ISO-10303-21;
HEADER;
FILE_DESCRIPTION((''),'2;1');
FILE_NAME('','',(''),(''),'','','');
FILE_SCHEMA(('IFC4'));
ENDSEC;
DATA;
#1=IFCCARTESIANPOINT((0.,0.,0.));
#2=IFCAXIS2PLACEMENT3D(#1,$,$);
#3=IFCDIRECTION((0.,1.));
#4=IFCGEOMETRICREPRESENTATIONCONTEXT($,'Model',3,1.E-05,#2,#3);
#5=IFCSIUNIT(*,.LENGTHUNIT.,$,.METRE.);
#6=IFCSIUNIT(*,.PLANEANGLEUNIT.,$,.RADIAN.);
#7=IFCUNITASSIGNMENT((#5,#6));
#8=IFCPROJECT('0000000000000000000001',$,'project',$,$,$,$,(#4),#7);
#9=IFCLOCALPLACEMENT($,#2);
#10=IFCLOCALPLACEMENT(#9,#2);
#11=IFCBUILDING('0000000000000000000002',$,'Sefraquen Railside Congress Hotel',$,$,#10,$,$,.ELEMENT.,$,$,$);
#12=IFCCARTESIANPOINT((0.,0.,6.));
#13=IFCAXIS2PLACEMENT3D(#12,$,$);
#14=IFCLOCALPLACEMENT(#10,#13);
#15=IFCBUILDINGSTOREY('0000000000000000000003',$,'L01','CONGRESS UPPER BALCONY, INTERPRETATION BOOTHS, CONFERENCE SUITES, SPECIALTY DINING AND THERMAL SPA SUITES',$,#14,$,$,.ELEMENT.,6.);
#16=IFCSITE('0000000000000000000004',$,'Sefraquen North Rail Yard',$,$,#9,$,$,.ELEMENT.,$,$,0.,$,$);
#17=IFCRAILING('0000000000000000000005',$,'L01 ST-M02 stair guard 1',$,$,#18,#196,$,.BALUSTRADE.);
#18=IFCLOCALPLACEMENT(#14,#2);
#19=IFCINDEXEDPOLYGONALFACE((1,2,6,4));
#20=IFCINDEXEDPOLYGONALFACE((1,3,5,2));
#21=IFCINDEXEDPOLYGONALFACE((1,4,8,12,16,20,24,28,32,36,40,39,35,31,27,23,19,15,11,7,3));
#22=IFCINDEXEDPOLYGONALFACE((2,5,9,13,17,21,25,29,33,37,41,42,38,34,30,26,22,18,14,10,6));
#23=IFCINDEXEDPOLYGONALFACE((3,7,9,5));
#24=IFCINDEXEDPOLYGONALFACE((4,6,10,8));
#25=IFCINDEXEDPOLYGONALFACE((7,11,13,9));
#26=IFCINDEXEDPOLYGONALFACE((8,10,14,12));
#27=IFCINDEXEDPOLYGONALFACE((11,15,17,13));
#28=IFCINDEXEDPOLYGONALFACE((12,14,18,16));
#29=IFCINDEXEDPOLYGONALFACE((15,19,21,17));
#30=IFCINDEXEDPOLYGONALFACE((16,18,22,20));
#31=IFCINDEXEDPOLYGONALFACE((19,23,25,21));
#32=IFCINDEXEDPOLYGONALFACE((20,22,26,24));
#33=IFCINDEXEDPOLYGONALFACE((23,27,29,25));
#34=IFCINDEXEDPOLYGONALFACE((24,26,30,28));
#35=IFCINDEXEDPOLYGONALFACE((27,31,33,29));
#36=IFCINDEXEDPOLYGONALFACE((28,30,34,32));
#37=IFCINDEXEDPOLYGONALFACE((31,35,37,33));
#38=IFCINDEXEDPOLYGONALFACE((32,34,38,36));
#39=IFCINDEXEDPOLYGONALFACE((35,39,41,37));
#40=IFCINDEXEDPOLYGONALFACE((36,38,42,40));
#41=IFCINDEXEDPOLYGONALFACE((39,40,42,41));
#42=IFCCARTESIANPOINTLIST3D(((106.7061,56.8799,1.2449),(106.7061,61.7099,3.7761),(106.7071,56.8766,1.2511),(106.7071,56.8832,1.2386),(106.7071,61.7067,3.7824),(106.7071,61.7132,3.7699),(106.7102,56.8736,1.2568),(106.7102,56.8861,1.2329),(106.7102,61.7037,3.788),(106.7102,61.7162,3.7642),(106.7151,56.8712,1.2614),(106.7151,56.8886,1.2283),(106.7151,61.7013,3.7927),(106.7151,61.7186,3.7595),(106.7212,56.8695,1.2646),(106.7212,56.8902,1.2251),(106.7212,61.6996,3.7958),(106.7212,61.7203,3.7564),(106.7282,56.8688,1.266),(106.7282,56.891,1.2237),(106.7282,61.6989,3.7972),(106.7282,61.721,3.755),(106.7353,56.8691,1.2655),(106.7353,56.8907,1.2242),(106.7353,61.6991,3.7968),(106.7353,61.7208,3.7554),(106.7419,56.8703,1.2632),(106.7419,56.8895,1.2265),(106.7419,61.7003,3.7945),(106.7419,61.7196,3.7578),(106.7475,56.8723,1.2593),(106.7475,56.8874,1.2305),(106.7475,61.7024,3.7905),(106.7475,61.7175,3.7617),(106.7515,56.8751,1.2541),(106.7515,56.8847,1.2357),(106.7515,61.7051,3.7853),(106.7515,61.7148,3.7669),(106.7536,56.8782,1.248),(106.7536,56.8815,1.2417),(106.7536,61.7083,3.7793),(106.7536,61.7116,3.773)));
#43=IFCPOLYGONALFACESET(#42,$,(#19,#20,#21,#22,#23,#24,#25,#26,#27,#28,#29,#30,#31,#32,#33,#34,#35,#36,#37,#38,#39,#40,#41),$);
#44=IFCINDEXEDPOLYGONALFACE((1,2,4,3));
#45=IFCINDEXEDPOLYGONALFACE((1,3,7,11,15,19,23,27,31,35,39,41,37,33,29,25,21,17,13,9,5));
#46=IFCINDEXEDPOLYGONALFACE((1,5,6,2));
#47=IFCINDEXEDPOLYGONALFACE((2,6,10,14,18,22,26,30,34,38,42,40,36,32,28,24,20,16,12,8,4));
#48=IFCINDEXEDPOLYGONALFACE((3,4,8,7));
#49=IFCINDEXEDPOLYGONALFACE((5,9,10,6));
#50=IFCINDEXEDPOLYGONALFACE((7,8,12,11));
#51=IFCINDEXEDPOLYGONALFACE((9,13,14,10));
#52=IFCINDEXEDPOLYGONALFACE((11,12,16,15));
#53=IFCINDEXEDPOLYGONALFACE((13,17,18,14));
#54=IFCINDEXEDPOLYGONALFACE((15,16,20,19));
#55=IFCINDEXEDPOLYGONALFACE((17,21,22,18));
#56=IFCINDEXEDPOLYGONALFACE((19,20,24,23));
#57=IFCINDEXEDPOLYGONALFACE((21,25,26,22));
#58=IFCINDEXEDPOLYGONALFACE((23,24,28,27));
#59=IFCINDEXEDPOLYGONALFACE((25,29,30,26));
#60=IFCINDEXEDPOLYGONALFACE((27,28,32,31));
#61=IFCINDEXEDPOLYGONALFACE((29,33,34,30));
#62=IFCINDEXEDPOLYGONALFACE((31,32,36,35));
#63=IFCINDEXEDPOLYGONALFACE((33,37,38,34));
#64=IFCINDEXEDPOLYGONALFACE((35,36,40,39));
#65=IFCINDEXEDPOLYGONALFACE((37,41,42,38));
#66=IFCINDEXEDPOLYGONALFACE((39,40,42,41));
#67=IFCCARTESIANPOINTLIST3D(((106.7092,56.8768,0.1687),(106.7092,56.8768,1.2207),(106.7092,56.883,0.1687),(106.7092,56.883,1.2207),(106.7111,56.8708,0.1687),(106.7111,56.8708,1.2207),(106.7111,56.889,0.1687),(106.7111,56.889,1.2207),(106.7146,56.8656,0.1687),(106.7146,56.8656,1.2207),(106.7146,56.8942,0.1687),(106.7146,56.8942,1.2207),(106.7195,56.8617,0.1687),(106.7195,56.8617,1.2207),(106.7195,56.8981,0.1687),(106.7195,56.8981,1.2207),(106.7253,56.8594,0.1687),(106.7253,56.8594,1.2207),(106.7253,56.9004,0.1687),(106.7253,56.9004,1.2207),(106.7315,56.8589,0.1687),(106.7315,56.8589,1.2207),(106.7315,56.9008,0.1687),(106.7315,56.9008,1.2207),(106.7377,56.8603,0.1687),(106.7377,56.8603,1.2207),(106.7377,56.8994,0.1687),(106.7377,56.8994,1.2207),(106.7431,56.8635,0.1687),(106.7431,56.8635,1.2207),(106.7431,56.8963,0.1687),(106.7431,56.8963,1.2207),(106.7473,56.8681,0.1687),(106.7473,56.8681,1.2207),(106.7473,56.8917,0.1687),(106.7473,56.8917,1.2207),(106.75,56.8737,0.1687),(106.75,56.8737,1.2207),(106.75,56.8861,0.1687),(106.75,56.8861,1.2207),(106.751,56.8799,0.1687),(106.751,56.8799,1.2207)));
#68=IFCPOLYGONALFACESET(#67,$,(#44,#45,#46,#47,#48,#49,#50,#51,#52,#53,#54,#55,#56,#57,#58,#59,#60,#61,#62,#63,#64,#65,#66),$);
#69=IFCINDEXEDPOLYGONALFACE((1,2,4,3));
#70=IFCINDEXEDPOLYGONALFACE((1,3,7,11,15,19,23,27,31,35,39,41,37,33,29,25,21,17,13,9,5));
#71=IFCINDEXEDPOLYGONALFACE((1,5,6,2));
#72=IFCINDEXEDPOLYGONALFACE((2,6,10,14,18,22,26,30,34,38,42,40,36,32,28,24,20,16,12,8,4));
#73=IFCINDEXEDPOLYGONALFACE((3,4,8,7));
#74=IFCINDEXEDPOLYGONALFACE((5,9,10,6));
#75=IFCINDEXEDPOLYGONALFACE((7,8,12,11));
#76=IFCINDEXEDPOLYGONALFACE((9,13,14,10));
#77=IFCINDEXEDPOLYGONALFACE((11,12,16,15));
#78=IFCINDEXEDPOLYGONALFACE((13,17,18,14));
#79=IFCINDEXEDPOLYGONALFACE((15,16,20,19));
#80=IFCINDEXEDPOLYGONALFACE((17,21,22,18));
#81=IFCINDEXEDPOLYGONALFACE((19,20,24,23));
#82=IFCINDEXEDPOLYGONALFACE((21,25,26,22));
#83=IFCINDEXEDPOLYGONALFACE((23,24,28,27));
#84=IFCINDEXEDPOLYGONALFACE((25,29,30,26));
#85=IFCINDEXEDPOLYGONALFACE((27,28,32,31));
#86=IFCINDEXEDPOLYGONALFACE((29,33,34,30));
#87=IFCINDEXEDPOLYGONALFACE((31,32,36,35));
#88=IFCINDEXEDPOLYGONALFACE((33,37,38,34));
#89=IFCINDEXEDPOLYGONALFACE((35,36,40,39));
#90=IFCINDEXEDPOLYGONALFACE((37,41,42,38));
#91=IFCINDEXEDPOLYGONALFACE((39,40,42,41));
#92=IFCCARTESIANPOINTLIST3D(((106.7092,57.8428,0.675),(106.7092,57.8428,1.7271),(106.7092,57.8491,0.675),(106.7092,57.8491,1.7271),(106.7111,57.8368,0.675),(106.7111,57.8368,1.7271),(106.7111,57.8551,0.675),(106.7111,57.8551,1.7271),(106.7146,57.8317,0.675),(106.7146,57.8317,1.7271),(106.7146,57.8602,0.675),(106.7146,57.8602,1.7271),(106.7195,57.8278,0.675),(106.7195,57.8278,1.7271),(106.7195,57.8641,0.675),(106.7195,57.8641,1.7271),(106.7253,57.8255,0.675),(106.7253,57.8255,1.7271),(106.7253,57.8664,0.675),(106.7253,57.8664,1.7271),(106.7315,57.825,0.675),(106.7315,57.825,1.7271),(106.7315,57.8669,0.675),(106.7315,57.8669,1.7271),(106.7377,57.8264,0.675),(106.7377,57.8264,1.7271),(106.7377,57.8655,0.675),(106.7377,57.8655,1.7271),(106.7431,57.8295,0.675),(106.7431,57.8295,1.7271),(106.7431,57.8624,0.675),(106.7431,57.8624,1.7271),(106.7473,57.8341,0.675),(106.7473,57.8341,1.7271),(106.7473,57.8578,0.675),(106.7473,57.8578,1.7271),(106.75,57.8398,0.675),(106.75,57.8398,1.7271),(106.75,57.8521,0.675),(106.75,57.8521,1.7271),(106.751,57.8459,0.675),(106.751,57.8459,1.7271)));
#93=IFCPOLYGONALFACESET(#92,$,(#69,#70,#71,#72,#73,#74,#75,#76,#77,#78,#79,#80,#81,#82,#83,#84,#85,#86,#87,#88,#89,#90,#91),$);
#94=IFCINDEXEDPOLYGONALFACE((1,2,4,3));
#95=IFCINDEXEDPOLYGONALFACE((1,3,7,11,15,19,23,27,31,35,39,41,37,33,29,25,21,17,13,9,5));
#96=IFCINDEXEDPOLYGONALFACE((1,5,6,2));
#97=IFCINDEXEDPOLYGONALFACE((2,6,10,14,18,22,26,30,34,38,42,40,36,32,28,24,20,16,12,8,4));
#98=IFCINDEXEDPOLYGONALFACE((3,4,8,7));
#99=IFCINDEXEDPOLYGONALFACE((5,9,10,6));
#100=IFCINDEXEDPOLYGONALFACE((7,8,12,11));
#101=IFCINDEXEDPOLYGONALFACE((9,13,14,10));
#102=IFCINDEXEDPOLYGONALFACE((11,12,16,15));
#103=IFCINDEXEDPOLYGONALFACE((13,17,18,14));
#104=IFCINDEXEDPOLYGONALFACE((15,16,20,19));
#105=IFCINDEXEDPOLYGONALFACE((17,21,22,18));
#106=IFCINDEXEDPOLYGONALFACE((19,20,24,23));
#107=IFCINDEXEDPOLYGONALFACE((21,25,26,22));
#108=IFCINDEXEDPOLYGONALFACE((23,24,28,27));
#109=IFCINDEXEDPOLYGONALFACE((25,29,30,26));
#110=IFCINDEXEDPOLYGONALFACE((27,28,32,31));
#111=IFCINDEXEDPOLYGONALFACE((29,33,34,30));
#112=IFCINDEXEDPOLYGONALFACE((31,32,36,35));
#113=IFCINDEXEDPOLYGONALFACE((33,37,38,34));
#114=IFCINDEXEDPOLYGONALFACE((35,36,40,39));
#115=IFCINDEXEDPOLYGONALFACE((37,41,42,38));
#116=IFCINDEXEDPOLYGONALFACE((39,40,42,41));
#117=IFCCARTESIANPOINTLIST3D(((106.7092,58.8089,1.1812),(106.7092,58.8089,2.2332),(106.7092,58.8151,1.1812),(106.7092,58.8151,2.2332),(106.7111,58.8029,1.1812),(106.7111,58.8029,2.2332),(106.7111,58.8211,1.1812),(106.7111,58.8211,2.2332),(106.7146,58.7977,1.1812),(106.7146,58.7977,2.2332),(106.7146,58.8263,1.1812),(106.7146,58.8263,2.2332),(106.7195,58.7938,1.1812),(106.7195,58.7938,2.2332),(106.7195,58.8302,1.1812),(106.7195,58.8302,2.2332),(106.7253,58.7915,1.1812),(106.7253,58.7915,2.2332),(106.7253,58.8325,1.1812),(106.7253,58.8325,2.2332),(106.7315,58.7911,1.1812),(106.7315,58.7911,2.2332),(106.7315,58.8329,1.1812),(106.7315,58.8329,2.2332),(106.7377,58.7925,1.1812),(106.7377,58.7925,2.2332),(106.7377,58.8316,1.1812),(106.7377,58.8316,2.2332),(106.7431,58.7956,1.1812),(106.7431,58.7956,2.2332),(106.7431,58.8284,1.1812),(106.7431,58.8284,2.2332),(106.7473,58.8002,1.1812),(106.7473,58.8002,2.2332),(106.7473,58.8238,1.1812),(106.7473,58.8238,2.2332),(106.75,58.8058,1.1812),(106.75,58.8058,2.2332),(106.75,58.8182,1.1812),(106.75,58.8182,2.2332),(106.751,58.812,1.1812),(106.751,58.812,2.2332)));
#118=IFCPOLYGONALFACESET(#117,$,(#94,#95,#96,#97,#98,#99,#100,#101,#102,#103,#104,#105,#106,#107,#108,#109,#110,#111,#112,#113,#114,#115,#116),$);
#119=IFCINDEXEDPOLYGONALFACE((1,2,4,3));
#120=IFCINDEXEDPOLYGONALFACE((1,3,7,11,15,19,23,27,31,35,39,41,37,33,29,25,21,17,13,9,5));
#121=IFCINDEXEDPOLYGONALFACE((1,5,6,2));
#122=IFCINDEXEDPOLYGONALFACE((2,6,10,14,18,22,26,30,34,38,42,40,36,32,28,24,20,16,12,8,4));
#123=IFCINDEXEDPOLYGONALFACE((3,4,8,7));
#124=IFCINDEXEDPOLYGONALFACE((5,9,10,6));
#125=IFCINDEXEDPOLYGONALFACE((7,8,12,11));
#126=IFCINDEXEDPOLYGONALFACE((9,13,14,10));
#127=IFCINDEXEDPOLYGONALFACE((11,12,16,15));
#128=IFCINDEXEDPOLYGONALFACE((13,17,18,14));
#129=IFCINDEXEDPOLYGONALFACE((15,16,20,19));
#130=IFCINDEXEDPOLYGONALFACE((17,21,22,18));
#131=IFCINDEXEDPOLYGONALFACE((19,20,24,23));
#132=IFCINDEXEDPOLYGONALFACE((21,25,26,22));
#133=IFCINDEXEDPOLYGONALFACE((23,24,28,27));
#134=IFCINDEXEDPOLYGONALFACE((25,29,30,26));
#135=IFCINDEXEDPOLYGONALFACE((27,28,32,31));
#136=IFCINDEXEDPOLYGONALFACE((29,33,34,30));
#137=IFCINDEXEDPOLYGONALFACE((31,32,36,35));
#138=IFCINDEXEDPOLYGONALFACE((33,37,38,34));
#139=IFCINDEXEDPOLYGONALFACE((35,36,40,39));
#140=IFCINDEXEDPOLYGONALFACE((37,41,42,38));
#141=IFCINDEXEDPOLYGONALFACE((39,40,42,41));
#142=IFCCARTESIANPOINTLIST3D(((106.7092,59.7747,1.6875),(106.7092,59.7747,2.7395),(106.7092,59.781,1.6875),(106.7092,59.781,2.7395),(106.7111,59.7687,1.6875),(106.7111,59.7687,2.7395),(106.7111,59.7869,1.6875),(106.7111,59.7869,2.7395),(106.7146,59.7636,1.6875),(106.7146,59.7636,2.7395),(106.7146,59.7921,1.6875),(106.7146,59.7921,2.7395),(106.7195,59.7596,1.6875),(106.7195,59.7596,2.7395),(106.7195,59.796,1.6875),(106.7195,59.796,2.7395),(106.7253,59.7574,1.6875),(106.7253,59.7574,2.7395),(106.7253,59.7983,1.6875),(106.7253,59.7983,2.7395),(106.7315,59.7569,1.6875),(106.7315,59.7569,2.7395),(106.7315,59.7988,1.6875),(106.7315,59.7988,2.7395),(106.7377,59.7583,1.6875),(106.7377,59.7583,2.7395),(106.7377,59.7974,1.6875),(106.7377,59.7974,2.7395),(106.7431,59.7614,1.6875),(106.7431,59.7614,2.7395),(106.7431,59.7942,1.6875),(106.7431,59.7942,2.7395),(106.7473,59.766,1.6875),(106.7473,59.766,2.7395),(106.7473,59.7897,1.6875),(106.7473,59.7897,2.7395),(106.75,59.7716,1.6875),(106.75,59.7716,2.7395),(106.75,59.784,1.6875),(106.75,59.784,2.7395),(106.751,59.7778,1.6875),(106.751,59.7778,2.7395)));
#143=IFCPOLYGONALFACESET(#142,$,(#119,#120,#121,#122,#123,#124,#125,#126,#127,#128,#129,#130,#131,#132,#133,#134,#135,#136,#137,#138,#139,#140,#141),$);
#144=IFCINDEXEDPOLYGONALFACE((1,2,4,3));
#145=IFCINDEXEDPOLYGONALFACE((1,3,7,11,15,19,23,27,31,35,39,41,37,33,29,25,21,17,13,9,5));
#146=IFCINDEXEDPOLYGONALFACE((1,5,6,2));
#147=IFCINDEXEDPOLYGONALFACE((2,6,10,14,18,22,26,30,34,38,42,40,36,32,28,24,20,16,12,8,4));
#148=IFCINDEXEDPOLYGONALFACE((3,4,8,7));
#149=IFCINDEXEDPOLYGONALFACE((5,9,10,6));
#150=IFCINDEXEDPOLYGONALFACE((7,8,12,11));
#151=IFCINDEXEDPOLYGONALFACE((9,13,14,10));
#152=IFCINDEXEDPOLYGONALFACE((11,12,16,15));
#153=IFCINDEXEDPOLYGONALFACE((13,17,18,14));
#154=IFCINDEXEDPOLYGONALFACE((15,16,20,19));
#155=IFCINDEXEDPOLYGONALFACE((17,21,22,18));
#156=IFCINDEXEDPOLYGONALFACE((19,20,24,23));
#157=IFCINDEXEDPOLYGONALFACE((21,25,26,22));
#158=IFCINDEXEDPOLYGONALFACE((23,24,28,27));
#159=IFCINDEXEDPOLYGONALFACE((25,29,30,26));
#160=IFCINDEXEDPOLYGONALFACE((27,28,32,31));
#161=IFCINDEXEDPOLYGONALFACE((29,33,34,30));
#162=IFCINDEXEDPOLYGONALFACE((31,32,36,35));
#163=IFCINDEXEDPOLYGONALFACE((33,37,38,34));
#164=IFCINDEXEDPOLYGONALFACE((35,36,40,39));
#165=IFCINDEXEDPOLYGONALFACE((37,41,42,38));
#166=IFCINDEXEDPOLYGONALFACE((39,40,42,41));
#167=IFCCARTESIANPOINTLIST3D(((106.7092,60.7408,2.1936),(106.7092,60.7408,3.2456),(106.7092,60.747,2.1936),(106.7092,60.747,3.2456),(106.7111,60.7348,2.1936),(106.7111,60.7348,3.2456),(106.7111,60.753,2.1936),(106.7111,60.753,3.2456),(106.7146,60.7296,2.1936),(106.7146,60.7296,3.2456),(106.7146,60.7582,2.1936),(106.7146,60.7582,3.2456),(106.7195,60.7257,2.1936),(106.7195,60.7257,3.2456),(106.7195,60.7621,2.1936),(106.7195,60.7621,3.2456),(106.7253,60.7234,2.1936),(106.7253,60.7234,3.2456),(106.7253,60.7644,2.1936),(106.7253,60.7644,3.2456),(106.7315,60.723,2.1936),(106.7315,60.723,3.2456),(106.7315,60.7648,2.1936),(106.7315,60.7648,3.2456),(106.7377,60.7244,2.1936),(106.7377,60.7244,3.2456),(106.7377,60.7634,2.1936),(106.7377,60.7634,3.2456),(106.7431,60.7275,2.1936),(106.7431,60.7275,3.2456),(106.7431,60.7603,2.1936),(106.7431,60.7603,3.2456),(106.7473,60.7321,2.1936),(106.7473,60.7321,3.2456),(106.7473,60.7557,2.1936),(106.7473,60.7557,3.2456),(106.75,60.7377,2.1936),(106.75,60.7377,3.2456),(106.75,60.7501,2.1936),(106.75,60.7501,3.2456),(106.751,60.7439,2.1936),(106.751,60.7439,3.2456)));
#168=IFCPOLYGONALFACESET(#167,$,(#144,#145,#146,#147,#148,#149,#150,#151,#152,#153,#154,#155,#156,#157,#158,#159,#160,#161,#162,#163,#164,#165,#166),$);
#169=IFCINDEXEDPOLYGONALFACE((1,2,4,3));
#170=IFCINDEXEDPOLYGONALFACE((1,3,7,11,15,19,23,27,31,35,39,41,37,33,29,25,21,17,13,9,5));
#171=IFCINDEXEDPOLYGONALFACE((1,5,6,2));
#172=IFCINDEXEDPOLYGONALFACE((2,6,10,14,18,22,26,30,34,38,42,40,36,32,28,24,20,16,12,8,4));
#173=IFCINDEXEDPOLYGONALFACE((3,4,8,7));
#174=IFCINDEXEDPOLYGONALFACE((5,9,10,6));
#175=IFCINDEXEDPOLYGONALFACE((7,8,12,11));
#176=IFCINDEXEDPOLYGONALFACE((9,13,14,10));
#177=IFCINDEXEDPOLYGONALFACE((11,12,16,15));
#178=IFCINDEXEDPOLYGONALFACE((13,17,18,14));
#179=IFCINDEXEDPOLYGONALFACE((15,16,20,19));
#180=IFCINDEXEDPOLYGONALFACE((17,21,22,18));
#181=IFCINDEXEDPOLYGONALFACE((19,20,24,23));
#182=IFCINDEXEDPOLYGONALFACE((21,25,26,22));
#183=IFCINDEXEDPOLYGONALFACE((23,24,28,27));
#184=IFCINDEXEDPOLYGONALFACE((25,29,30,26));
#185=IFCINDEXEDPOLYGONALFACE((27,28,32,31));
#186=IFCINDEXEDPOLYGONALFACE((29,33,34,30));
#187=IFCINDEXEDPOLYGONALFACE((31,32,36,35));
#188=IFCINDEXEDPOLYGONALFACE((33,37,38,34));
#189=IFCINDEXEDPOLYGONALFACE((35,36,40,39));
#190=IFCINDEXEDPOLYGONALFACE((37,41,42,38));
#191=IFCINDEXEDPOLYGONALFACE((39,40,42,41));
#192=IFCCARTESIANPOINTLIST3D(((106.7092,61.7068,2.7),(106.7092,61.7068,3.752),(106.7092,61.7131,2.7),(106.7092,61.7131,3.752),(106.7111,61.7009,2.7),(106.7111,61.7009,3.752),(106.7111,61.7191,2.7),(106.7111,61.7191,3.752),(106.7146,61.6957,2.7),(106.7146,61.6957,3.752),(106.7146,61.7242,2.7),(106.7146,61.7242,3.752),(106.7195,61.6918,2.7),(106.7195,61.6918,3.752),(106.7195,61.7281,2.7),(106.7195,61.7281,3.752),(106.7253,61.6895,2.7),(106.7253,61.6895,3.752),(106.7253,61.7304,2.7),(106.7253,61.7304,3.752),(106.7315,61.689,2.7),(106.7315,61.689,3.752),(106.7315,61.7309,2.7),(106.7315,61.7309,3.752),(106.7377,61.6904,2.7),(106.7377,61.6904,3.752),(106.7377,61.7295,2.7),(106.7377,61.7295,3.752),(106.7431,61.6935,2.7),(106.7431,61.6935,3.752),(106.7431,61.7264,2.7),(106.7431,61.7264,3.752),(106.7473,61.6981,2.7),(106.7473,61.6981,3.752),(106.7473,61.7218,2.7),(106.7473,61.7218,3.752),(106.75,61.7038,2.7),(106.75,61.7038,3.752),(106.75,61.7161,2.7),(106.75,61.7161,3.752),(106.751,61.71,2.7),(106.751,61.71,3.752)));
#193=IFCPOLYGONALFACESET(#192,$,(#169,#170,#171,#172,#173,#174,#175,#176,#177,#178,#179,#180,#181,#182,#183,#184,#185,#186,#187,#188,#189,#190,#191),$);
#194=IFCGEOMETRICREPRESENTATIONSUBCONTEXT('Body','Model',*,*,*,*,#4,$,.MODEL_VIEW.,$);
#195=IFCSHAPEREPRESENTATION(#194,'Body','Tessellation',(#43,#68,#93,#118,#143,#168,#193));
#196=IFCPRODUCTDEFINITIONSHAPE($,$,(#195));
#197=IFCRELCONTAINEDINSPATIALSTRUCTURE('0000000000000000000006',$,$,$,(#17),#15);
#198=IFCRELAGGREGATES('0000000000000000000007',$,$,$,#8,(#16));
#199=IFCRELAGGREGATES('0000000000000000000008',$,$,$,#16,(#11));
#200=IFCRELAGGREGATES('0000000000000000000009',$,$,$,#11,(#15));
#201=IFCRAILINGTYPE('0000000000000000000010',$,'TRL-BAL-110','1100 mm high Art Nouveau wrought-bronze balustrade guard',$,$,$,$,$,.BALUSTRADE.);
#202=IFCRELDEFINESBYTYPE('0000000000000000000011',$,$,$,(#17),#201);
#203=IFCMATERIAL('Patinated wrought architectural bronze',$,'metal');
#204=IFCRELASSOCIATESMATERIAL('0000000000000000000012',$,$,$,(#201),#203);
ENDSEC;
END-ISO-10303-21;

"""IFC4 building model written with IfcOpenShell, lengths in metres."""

from ifc_helpers import new_model, si_unit, direction, frame, origin, origin_2d, place, context, subcontext, project, spatial, circle, extrude, material, type_object, element, save


model = new_model("IFC4")

# Units and contexts
model_context = context("Model", 3, precision=1e-05, world=origin(), true_north=direction((0.0, 1.0)))
body_context = subcontext(model_context, "Body", "Model", "MODEL_VIEW")
ifc_project = project(units=[si_unit("LENGTHUNIT", "METRE"), si_unit("PLANEANGLEUNIT", "RADIAN")], contexts=[model_context])

# Site, building, storey
site_placement = place(None, origin())
site = spatial("IfcSite", under=ifc_project, at=site_placement, Name="Sefraquen North Rail Yard", CompositionType="ELEMENT", RefElevation=0.0)
building_placement = place(site_placement, origin())
building = spatial("IfcBuilding", under=site, at=building_placement, Name="Sefraquen Railside Congress Hotel", CompositionType="ELEMENT")
storey_placement = place(building_placement, frame((0.0, 0.0, 6.0)))
storey = spatial("IfcBuildingStorey", under=building, at=storey_placement, Name="L01", Description="CONGRESS UPPER BALCONY, INTERPRETATION BOOTHS, CONFERENCE SUITES, SPECIALTY DINING AND THERMAL SPA SUITES", CompositionType="ELEMENT", Elevation=6.0)

# Railing
ifc_material_1 = material(Name="Patinated wrought architectural bronze", Category="metal")
railing_type_1 = type_object("IfcRailingType", Name="TRL-BAL-110", Description="1100 mm high Art Nouveau wrought-bronze balustrade guard", PredefinedType="BALUSTRADE", material=ifc_material_1)
railing_1_placement = place(storey_placement, frame((106.73, 56.8799, 0.1687)))
element("IfcRailing", 1, at=railing_1_placement, inside=storey, type_object=railing_type_1, Name="L01 ST-M02 stair guard 1", PredefinedType="BALUSTRADE", context=body_context, shape_type="SweptSolid", body=[
    extrude(circle(Radius=0.0239, at=origin_2d()), frame((0.0, 0.0, 1.0762), z_axis=(0.0, 0.88574, 0.464181), x_axis=(-1.0, 0.0, 0.0)), (0.0, 0.0, 1.0), 5.4531),
    extrude(circle(Radius=0.021, at=origin_2d()), origin(), (0.0, 0.0, 1.0), 1.052),
    extrude(circle(Radius=0.021, at=origin_2d()), frame((0.0, 0.9661, 0.5063)), (0.0, 0.0, 1.0), 1.052),
    extrude(circle(Radius=0.021, at=origin_2d()), frame((0.0, 1.9321, 1.0125)), (0.0, 0.0, 1.0), 1.052),
    extrude(circle(Radius=0.021, at=origin_2d()), frame((0.0, 2.8979, 1.5188)), (0.0, 0.0, 1.0), 1.052),
    extrude(circle(Radius=0.021, at=origin_2d()), frame((0.0, 3.864, 2.0249)), (0.0, 0.0, 1.0), 1.052),
    extrude(circle(Radius=0.021, at=origin_2d()), frame((0.0, 4.8301, 2.5312)), (0.0, 0.0, 1.0), 1.052),
])

save(model, "model.ifc")
